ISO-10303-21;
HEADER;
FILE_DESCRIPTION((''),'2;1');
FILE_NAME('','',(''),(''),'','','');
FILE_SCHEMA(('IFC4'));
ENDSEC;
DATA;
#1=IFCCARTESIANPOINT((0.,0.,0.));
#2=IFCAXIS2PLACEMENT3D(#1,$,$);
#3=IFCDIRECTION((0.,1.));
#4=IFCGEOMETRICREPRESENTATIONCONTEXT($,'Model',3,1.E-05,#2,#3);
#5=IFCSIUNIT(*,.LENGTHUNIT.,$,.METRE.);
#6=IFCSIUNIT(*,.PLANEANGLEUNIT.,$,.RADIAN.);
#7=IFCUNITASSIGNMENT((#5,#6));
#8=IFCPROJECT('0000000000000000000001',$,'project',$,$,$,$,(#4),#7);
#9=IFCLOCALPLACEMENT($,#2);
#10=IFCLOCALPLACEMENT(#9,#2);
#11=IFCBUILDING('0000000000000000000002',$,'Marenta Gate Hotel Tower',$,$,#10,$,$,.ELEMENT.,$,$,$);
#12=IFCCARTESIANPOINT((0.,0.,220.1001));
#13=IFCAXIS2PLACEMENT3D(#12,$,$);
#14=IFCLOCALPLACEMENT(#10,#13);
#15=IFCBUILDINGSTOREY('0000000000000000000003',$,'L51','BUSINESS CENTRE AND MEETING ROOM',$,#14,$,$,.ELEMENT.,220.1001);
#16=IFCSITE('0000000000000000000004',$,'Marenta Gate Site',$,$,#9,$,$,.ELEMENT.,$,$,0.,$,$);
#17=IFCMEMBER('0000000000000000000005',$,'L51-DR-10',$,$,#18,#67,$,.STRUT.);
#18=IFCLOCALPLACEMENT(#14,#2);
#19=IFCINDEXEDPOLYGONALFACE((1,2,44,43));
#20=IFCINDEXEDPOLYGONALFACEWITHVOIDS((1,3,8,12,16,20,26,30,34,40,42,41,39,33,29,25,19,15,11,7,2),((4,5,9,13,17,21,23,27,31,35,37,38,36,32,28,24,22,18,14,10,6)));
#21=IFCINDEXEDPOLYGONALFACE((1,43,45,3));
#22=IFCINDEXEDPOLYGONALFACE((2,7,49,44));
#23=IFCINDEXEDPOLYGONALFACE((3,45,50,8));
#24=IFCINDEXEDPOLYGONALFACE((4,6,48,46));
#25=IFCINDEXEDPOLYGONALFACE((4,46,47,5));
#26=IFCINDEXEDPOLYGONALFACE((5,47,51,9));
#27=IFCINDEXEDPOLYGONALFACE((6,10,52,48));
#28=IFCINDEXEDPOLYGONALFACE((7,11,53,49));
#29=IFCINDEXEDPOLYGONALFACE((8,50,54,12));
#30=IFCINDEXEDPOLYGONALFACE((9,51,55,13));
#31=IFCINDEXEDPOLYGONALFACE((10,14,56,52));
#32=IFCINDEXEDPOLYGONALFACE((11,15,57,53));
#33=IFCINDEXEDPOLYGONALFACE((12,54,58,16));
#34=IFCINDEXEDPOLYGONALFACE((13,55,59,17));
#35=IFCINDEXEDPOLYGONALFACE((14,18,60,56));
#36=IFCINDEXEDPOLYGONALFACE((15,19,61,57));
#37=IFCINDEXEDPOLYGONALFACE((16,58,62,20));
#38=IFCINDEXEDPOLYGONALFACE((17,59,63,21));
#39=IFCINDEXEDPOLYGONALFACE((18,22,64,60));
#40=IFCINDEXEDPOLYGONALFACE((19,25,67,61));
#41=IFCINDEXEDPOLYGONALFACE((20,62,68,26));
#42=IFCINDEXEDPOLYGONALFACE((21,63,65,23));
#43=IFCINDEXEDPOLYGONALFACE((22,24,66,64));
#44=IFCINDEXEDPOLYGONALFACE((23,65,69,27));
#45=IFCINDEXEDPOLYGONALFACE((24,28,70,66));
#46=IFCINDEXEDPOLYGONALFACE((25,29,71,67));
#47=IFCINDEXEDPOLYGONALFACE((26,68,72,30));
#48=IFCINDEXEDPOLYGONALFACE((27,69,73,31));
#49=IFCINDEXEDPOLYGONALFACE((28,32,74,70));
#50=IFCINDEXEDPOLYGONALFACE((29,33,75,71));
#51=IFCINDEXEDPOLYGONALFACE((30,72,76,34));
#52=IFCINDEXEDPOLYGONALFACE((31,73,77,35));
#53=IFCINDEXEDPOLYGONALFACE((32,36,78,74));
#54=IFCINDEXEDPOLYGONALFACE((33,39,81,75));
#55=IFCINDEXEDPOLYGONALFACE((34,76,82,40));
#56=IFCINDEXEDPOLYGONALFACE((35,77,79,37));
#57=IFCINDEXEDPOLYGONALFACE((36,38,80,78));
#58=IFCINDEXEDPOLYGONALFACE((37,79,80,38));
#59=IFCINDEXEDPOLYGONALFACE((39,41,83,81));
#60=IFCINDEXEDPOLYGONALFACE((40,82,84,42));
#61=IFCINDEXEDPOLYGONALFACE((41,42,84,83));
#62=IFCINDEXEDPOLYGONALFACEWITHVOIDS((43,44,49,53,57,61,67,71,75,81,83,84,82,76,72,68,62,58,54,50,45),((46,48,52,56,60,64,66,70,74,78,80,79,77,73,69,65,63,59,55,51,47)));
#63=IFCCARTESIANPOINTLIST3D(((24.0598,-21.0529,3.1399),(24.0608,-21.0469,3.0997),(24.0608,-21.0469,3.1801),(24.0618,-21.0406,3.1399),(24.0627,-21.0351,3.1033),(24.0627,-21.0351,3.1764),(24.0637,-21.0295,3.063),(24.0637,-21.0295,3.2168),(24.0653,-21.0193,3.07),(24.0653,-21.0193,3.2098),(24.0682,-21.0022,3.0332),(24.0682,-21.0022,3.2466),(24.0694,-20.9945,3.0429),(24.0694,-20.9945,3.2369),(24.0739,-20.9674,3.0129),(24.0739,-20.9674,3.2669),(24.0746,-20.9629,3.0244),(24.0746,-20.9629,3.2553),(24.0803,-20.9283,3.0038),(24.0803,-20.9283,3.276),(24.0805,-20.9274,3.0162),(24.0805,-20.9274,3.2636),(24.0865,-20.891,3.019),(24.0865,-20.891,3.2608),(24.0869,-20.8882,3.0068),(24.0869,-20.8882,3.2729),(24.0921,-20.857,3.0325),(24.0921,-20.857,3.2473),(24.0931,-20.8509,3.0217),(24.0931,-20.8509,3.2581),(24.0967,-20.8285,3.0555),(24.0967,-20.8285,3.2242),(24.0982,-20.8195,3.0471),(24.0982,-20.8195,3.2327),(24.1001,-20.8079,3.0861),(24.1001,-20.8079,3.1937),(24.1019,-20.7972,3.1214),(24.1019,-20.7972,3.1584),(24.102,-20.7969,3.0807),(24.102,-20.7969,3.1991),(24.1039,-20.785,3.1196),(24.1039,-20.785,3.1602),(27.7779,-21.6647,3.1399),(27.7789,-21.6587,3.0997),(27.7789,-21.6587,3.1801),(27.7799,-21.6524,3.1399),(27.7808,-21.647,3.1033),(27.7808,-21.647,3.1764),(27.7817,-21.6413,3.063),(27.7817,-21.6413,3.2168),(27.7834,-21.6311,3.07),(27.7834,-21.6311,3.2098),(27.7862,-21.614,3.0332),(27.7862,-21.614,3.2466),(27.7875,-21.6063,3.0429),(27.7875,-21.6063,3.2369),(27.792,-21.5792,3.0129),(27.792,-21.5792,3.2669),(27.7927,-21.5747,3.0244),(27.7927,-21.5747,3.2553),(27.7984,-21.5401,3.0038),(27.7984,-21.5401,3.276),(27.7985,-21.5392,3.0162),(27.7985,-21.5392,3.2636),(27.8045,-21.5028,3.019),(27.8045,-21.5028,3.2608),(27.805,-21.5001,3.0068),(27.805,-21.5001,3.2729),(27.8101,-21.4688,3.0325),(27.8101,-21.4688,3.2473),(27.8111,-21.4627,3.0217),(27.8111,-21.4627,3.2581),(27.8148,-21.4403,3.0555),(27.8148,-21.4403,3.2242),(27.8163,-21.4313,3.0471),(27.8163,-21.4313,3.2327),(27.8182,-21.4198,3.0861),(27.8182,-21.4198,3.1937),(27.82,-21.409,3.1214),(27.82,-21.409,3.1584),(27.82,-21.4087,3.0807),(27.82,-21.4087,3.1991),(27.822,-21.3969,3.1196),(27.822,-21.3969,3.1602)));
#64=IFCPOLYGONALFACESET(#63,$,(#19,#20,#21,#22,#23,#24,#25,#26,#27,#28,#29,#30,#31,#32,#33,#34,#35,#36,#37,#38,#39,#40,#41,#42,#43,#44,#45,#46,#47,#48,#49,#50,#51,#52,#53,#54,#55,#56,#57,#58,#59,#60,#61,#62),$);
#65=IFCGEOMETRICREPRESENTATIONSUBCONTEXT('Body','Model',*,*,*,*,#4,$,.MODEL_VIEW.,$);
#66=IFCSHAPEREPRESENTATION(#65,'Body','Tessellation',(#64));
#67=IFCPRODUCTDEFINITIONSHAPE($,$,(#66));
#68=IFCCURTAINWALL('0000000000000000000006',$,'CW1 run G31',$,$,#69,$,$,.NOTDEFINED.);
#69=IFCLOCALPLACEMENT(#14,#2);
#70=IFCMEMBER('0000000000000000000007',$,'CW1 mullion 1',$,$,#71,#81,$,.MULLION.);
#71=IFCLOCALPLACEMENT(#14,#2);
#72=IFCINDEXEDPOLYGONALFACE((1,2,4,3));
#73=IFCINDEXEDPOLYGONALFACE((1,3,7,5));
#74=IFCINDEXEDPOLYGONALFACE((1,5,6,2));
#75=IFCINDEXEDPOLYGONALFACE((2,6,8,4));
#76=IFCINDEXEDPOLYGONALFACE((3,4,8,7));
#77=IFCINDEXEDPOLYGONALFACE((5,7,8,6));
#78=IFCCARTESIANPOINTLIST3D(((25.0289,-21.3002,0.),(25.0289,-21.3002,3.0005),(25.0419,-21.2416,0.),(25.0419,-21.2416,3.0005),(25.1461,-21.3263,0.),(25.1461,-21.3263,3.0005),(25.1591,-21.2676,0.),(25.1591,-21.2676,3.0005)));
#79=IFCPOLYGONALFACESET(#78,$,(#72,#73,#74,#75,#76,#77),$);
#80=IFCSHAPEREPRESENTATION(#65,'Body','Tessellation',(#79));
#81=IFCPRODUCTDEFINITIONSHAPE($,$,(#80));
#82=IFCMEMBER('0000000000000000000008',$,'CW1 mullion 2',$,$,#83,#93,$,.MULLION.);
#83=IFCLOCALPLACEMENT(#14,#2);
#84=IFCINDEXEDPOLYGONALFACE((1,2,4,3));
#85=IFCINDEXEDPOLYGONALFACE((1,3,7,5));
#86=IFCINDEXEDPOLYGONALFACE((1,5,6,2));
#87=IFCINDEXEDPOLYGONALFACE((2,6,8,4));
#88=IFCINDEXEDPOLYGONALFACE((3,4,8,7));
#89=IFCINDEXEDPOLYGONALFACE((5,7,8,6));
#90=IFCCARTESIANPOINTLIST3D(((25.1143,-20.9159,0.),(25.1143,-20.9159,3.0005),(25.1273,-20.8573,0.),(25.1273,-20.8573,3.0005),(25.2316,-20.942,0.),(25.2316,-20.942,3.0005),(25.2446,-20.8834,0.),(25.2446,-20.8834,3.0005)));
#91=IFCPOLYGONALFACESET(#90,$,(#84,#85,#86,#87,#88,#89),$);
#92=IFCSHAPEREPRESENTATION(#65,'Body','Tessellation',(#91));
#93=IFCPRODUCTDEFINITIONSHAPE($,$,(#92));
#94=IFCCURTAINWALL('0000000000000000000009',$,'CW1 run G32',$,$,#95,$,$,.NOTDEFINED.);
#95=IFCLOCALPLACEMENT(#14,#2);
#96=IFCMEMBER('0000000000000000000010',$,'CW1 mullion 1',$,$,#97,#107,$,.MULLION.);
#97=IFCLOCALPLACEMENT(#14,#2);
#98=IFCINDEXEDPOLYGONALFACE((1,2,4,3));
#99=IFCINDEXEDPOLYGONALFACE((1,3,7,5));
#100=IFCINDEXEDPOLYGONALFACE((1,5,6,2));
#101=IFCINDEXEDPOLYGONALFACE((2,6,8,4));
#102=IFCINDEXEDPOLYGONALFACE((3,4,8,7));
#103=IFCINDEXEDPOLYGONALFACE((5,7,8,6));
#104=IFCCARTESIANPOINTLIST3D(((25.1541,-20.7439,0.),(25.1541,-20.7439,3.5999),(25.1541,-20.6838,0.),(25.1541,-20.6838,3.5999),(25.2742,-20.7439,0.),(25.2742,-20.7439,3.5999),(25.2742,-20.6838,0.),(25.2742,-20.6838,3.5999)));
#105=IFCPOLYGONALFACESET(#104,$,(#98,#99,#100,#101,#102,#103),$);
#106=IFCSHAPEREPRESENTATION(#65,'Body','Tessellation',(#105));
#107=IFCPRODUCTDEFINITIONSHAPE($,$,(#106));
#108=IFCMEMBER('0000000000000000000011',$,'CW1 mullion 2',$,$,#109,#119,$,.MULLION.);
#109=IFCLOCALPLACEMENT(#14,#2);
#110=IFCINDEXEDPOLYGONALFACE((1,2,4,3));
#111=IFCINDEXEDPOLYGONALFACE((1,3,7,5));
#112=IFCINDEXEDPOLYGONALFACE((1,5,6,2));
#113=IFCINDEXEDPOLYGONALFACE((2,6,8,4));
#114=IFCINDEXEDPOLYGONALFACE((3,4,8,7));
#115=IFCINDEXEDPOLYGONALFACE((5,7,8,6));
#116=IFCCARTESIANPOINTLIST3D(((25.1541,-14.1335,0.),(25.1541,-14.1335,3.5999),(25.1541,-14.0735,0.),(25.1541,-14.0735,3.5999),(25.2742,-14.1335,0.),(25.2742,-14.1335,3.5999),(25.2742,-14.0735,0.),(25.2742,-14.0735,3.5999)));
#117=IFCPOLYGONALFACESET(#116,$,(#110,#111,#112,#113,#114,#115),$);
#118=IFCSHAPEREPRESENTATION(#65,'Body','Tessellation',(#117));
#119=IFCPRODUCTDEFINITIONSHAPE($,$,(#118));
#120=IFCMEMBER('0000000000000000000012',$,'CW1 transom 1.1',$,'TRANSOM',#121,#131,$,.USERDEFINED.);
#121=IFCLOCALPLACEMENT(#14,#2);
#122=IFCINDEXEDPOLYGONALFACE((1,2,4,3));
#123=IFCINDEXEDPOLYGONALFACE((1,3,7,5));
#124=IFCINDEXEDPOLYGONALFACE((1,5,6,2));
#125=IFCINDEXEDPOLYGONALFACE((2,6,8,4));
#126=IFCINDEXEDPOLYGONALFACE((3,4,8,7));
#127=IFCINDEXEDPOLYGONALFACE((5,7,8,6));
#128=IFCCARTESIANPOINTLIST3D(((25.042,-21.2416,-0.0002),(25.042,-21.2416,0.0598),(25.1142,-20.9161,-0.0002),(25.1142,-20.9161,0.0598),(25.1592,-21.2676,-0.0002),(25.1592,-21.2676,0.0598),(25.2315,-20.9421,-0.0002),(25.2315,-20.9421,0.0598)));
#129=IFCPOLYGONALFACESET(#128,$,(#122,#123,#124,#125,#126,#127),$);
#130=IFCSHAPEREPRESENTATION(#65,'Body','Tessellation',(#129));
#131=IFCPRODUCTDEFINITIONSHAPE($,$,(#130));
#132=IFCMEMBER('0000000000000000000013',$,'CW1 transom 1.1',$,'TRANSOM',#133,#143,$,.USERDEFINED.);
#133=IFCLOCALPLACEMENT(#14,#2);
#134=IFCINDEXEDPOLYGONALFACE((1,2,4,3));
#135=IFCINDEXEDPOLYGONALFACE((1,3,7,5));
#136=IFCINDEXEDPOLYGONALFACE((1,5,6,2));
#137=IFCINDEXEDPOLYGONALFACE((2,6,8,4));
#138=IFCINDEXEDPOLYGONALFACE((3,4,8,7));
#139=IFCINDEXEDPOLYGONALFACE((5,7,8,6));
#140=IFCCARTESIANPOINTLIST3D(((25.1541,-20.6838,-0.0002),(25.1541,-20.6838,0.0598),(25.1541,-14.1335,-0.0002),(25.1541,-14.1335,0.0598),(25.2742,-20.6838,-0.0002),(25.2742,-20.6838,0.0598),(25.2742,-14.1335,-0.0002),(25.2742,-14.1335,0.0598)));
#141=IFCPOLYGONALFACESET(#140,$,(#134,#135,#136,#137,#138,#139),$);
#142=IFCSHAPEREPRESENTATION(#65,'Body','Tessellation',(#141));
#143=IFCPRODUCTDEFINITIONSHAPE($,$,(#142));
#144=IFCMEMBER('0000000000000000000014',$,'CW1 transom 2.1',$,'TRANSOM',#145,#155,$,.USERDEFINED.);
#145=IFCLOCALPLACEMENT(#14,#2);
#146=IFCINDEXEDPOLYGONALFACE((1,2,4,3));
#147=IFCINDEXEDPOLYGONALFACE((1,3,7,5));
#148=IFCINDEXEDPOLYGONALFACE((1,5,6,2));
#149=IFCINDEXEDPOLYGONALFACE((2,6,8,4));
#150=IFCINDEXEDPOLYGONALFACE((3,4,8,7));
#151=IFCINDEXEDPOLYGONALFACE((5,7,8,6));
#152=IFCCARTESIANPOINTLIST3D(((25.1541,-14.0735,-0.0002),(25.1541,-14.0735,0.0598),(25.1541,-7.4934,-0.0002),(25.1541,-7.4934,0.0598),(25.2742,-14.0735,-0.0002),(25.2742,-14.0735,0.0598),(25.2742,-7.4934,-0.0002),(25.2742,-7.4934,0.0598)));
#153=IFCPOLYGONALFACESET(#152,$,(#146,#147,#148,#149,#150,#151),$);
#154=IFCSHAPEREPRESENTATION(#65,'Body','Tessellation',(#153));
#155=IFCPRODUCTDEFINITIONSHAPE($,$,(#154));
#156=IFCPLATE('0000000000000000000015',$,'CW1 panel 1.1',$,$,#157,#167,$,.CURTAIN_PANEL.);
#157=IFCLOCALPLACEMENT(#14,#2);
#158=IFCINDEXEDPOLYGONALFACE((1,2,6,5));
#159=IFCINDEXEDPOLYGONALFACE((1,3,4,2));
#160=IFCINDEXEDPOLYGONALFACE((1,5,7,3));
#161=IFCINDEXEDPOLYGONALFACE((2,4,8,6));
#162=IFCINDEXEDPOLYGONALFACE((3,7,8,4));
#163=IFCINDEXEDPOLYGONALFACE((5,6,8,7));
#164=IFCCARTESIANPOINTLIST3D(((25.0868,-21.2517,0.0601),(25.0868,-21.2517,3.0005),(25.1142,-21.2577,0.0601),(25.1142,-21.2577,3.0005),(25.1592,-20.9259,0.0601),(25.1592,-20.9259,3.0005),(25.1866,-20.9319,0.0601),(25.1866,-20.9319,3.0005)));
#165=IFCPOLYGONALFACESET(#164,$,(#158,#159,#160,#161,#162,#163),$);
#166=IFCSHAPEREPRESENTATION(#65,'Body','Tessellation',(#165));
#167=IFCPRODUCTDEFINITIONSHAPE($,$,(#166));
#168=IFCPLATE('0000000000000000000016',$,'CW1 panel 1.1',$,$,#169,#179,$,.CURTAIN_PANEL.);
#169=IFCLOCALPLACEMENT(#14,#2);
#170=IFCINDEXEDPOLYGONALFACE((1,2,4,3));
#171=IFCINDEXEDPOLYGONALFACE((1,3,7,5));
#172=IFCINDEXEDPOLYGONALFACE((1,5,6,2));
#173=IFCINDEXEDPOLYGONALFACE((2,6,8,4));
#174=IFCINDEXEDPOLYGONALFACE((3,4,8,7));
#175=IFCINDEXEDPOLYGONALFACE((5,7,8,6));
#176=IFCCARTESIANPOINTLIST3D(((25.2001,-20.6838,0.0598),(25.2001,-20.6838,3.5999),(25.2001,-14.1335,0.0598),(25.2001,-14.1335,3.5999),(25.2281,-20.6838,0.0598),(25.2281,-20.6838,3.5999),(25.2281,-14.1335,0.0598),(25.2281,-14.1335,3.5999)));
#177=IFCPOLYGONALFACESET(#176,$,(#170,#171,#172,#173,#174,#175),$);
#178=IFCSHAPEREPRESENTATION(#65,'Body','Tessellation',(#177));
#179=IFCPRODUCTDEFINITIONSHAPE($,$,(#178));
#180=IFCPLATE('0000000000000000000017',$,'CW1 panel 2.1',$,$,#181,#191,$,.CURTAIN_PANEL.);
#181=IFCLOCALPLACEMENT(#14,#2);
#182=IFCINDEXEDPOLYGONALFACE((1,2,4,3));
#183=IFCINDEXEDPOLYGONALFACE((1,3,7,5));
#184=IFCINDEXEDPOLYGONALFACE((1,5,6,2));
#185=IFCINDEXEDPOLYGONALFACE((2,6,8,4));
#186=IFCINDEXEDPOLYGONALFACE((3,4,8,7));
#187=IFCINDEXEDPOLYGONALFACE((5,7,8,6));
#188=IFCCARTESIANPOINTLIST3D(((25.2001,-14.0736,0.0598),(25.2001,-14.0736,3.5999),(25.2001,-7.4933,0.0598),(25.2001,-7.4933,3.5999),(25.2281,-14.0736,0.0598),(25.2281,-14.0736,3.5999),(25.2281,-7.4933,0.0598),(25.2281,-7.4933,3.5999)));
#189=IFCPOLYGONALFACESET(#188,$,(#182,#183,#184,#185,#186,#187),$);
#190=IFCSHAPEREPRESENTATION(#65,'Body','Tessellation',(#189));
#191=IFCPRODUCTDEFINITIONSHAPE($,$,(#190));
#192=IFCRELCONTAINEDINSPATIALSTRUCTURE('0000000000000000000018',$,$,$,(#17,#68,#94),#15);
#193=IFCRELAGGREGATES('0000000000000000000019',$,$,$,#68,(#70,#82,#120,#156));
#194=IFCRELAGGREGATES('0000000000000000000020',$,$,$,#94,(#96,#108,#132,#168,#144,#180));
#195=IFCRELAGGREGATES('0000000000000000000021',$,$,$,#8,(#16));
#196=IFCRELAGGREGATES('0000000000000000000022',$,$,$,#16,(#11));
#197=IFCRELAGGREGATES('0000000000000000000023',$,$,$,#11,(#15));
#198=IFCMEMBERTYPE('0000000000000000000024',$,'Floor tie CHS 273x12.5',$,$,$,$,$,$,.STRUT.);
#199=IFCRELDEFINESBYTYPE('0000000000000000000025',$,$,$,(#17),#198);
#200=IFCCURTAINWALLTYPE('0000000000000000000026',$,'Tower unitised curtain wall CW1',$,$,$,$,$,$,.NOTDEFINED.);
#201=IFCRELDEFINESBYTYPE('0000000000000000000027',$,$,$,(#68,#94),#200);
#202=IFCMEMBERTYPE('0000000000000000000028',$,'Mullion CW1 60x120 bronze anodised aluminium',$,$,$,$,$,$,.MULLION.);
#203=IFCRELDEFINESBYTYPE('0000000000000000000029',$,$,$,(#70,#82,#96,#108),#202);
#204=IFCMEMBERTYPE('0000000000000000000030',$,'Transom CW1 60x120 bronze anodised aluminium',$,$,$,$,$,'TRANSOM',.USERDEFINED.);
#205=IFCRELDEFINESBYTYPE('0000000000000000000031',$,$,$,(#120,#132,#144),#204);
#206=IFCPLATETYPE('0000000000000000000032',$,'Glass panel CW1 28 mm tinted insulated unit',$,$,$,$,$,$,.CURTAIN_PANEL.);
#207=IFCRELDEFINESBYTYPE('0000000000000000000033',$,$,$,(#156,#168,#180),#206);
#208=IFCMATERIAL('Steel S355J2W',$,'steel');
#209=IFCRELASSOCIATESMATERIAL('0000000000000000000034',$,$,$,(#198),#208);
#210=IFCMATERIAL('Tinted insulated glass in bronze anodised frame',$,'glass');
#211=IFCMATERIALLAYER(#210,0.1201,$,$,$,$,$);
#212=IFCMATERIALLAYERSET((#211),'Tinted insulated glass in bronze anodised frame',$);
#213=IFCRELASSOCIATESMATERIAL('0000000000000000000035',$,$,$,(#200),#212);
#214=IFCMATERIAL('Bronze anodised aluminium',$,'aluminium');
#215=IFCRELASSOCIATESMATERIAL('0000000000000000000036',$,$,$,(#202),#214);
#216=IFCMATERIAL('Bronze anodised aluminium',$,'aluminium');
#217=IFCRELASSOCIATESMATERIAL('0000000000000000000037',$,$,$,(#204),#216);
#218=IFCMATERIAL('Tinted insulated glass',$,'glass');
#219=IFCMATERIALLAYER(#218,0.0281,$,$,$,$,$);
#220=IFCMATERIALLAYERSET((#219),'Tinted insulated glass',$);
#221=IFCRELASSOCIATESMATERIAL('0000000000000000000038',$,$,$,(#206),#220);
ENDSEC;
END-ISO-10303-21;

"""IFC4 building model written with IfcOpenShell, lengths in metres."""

from ifc_helpers import new_model, si_unit, direction, frame, origin, origin_2d, place, context, subcontext, project, spatial, rectangle, hollow_circle, extrude, material, layer, layer_set, material_profile, profile_set, type_object, element, aggregate, save


model = new_model("IFC4")

# Units and contexts
model_context = context("Model", 3, precision=1e-05, world=origin(), true_north=direction((0.0, 1.0)))
body_context = subcontext(model_context, "Body", "Model", "MODEL_VIEW")
ifc_project = project(units=[si_unit("LENGTHUNIT", "METRE"), si_unit("PLANEANGLEUNIT", "RADIAN")], contexts=[model_context])

# Site, building, storey
site_placement = place(None, origin())
site = spatial("IfcSite", under=ifc_project, at=site_placement, Name="Marenta Gate Site", CompositionType="ELEMENT", RefElevation=0.0)
building_placement = place(site_placement, origin())
building = spatial("IfcBuilding", under=site, at=building_placement, Name="Marenta Gate Hotel Tower", CompositionType="ELEMENT")
storey_placement = place(building_placement, frame((0.0, 0.0, 220.1001)))
storey = spatial("IfcBuildingStorey", under=building, at=storey_placement, Name="L51", Description="BUSINESS CENTRE AND MEETING ROOM", CompositionType="ELEMENT", Elevation=220.1001)

# Member
ifc_material_1 = material(Name="Steel S355J2W", Category="steel")
ifc_material_profile_1 = material_profile(ifc_material_1, hollow_circle(Radius=0.1365, WallThickness=0.0125, at=origin_2d()), Name="CHS 273x12.5")
ifc_profile_set_1 = profile_set([ifc_material_profile_1], Name="Steel S355J2W")
member_type_1 = type_object("IfcMemberType", Name="Floor tie CHS 273x12.5", PredefinedType="STRUT", material=ifc_profile_set_1)
member_1_placement = place(storey_placement, frame((27.8, -21.53, 3.1399), z_axis=(-0.98673, 0.162371, 0.0), x_axis=(-0.162371, -0.98673, 0.0)))
element("IfcMember", 1, at=member_1_placement, inside=storey, type_object=member_type_1, Name="L51-DR-10", PredefinedType="STRUT", context=body_context, shape_type="SweptSolid", body=[
    extrude(hollow_circle(Radius=0.1365, WallThickness=0.0125, at=origin_2d()), origin(), (0.0, 0.0, 1.0), 3.7681),
])

# Curtain walls, members
ifc_material_2 = material(Name="Tinted insulated glass in bronze anodised frame", Category="glass")
ifc_layer_1 = layer(ifc_material_2, 0.1201)
ifc_layer_set_1 = layer_set([ifc_layer_1], Name="Tinted insulated glass in bronze anodised frame")
curtain_wall_type = type_object("IfcCurtainWallType", Name="Tower unitised curtain wall CW1", PredefinedType="NOTDEFINED", material=ifc_layer_set_1)
curtain_wall_1_placement = place(storey_placement, origin())
curtain_wall_1 = element("IfcCurtainWall", 2, at=curtain_wall_1_placement, inside=storey, type_object=curtain_wall_type, Name="CW1 run G31", PredefinedType="NOTDEFINED")
ifc_material_3 = material(Name="Bronze anodised aluminium", Category="aluminium")
ifc_material_profile_2 = material_profile(ifc_material_3, rectangle(XDim=0.1201, YDim=0.0601, at=origin_2d()), Name="Mullion CW1 60x120 bronze anodised aluminium")
ifc_profile_set_2 = profile_set([ifc_material_profile_2], Name="Bronze anodised aluminium")
member_type_2 = type_object("IfcMemberType", Name="Mullion CW1 60x120 bronze anodised aluminium", PredefinedType="MULLION", material=ifc_profile_set_2)
member_2_placement = place(storey_placement, frame((25.094, -21.2839, 0.0), z_axis=(0.0, 0.0, 1.0), x_axis=(-0.976197, 0.216884, 0.0)))
member_2 = element("IfcMember", 3, at=member_2_placement, type_object=member_type_2, Name="CW1 mullion 1", PredefinedType="MULLION", context=body_context, shape_type="SweptSolid", body=[
    extrude(rectangle(XDim=0.1201, YDim=0.0601, at=origin_2d()), origin(), (0.0, 0.0, 1.0), 3.0005),
])
member_3_placement = place(storey_placement, frame((25.1794, -20.8997, 0.0), z_axis=(0.0, 0.0, 1.0), x_axis=(-0.976197, 0.216884, 0.0)))
member_3 = element("IfcMember", 4, at=member_3_placement, type_object=member_type_2, Name="CW1 mullion 2", PredefinedType="MULLION", context=body_context, shape_type="SweptSolid", body=[
    extrude(rectangle(XDim=0.1201, YDim=0.0601, at=origin_2d()), origin(), (0.0, 0.0, 1.0), 3.0005),
])
curtain_wall_2_placement = place(storey_placement, origin())
curtain_wall_2 = element("IfcCurtainWall", 5, at=curtain_wall_2_placement, inside=storey, type_object=curtain_wall_type, Name="CW1 run G32", PredefinedType="NOTDEFINED")
member_4_placement = place(storey_placement, frame((25.2141, -20.7139, 0.0), z_axis=(0.0, 0.0, 1.0), x_axis=(-1.0, 0.0, 0.0)))
member_4 = element("IfcMember", 6, at=member_4_placement, type_object=member_type_2, Name="CW1 mullion 1", PredefinedType="MULLION", context=body_context, shape_type="SweptSolid", body=[
    extrude(rectangle(XDim=0.1201, YDim=0.0601, at=origin_2d()), origin(), (0.0, 0.0, 1.0), 3.5999),
])
member_5_placement = place(storey_placement, frame((25.2141, -14.1035, 0.0), z_axis=(0.0, 0.0, 1.0), x_axis=(-1.0, 0.0, 0.0)))
member_5 = element("IfcMember", 7, at=member_5_placement, type_object=member_type_2, Name="CW1 mullion 2", PredefinedType="MULLION", context=body_context, shape_type="SweptSolid", body=[
    extrude(rectangle(XDim=0.1201, YDim=0.0601, at=origin_2d()), origin(), (0.0, 0.0, 1.0), 3.5999),
])

# Members
ifc_material_4 = material(Name="Bronze anodised aluminium", Category="aluminium")
ifc_material_profile_3 = material_profile(ifc_material_4, rectangle(XDim=0.1201, YDim=0.0601, at=origin_2d()), Name="Transom CW1 60x120 bronze anodised aluminium")
ifc_profile_set_3 = profile_set([ifc_material_profile_3], Name="Bronze anodised aluminium")
member_type_3 = type_object("IfcMemberType", Name="Transom CW1 60x120 bronze anodised aluminium", ElementType="TRANSOM", PredefinedType="USERDEFINED", material=ifc_profile_set_3)
member_6_placement = place(storey_placement, frame((25.1006, -21.2546, 0.0298), z_axis=(0.21662, 0.976256, 0.0), x_axis=(-0.976256, 0.21662, 0.0)))
member_6 = element("IfcMember", 8, at=member_6_placement, type_object=member_type_3, Name="CW1 transom 1.1", ObjectType="TRANSOM", PredefinedType="USERDEFINED", context=body_context, shape_type="SweptSolid", body=[
    extrude(rectangle(XDim=0.1201, YDim=0.0601, at=origin_2d()), origin(), (0.0, 0.0, 1.0), 0.3335),
])
member_7_placement = place(storey_placement, frame((25.2141, -20.6838, 0.0298), z_axis=(0.0, 1.0, 0.0), x_axis=(-1.0, 0.0, 0.0)))
member_7 = element("IfcMember", 9, at=member_7_placement, type_object=member_type_3, Name="CW1 transom 1.1", ObjectType="TRANSOM", PredefinedType="USERDEFINED", context=body_context, shape_type="SweptSolid", body=[
    extrude(rectangle(XDim=0.1201, YDim=0.0601, at=origin_2d()), origin(), (0.0, 0.0, 1.0), 6.5503),
])
member_8_placement = place(storey_placement, frame((25.2141, -14.0735, 0.0298), z_axis=(0.0, 1.0, 0.0), x_axis=(-1.0, 0.0, 0.0)))
member_8 = element("IfcMember", 10, at=member_8_placement, type_object=member_type_3, Name="CW1 transom 2.1", ObjectType="TRANSOM", PredefinedType="USERDEFINED", context=body_context, shape_type="SweptSolid", body=[
    extrude(rectangle(XDim=0.1201, YDim=0.0601, at=origin_2d()), origin(), (0.0, 0.0, 1.0), 6.5801),
])

# Plates
ifc_material_5 = material(Name="Tinted insulated glass", Category="glass")
ifc_layer_2 = layer(ifc_material_5, 0.0281)
ifc_layer_set_2 = layer_set([ifc_layer_2], Name="Tinted insulated glass")
plate_type = type_object("IfcPlateType", Name="Glass panel CW1 28 mm tinted insulated unit", PredefinedType="CURTAIN_PANEL", material=ifc_layer_set_2)
plate_1_placement = place(storey_placement, frame((25.1367, -21.0918, 0.0601), z_axis=(0.0, 0.0, 1.0), x_axis=(0.216884, 0.976197, 0.0)))
plate_1 = element("IfcPlate", 11, at=plate_1_placement, type_object=plate_type, Name="CW1 panel 1.1", PredefinedType="CURTAIN_PANEL", context=body_context, shape_type="SweptSolid", body=[
    extrude(rectangle(XDim=0.3337, YDim=0.0281, at=origin_2d()), origin(), (0.0, 0.0, 1.0), 2.9404),
])
aggregate(curtain_wall_1, [member_2, member_3, member_6, plate_1])
plate_2_placement = place(storey_placement, frame((25.2141, -17.4087, 0.0598), z_axis=(0.0, 0.0, 1.0), x_axis=(0.0, 1.0, 0.0)))
plate_2 = element("IfcPlate", 12, at=plate_2_placement, type_object=plate_type, Name="CW1 panel 1.1", PredefinedType="CURTAIN_PANEL", context=body_context, shape_type="SweptSolid", body=[
    extrude(rectangle(XDim=6.5503, YDim=0.0281, at=origin_2d()), origin(), (0.0, 0.0, 1.0), 3.54),
])
plate_3_placement = place(storey_placement, frame((25.2141, -10.7834, 0.0598), z_axis=(0.0, 0.0, 1.0), x_axis=(0.0, 1.0, 0.0)))
plate_3 = element("IfcPlate", 13, at=plate_3_placement, type_object=plate_type, Name="CW1 panel 2.1", PredefinedType="CURTAIN_PANEL", context=body_context, shape_type="SweptSolid", body=[
    extrude(rectangle(XDim=6.5803, YDim=0.0281, at=origin_2d()), origin(), (0.0, 0.0, 1.0), 3.54),
])
aggregate(curtain_wall_2, [member_4, member_5, member_7, plate_2, member_8, plate_3])

save(model, "model.ifc")
